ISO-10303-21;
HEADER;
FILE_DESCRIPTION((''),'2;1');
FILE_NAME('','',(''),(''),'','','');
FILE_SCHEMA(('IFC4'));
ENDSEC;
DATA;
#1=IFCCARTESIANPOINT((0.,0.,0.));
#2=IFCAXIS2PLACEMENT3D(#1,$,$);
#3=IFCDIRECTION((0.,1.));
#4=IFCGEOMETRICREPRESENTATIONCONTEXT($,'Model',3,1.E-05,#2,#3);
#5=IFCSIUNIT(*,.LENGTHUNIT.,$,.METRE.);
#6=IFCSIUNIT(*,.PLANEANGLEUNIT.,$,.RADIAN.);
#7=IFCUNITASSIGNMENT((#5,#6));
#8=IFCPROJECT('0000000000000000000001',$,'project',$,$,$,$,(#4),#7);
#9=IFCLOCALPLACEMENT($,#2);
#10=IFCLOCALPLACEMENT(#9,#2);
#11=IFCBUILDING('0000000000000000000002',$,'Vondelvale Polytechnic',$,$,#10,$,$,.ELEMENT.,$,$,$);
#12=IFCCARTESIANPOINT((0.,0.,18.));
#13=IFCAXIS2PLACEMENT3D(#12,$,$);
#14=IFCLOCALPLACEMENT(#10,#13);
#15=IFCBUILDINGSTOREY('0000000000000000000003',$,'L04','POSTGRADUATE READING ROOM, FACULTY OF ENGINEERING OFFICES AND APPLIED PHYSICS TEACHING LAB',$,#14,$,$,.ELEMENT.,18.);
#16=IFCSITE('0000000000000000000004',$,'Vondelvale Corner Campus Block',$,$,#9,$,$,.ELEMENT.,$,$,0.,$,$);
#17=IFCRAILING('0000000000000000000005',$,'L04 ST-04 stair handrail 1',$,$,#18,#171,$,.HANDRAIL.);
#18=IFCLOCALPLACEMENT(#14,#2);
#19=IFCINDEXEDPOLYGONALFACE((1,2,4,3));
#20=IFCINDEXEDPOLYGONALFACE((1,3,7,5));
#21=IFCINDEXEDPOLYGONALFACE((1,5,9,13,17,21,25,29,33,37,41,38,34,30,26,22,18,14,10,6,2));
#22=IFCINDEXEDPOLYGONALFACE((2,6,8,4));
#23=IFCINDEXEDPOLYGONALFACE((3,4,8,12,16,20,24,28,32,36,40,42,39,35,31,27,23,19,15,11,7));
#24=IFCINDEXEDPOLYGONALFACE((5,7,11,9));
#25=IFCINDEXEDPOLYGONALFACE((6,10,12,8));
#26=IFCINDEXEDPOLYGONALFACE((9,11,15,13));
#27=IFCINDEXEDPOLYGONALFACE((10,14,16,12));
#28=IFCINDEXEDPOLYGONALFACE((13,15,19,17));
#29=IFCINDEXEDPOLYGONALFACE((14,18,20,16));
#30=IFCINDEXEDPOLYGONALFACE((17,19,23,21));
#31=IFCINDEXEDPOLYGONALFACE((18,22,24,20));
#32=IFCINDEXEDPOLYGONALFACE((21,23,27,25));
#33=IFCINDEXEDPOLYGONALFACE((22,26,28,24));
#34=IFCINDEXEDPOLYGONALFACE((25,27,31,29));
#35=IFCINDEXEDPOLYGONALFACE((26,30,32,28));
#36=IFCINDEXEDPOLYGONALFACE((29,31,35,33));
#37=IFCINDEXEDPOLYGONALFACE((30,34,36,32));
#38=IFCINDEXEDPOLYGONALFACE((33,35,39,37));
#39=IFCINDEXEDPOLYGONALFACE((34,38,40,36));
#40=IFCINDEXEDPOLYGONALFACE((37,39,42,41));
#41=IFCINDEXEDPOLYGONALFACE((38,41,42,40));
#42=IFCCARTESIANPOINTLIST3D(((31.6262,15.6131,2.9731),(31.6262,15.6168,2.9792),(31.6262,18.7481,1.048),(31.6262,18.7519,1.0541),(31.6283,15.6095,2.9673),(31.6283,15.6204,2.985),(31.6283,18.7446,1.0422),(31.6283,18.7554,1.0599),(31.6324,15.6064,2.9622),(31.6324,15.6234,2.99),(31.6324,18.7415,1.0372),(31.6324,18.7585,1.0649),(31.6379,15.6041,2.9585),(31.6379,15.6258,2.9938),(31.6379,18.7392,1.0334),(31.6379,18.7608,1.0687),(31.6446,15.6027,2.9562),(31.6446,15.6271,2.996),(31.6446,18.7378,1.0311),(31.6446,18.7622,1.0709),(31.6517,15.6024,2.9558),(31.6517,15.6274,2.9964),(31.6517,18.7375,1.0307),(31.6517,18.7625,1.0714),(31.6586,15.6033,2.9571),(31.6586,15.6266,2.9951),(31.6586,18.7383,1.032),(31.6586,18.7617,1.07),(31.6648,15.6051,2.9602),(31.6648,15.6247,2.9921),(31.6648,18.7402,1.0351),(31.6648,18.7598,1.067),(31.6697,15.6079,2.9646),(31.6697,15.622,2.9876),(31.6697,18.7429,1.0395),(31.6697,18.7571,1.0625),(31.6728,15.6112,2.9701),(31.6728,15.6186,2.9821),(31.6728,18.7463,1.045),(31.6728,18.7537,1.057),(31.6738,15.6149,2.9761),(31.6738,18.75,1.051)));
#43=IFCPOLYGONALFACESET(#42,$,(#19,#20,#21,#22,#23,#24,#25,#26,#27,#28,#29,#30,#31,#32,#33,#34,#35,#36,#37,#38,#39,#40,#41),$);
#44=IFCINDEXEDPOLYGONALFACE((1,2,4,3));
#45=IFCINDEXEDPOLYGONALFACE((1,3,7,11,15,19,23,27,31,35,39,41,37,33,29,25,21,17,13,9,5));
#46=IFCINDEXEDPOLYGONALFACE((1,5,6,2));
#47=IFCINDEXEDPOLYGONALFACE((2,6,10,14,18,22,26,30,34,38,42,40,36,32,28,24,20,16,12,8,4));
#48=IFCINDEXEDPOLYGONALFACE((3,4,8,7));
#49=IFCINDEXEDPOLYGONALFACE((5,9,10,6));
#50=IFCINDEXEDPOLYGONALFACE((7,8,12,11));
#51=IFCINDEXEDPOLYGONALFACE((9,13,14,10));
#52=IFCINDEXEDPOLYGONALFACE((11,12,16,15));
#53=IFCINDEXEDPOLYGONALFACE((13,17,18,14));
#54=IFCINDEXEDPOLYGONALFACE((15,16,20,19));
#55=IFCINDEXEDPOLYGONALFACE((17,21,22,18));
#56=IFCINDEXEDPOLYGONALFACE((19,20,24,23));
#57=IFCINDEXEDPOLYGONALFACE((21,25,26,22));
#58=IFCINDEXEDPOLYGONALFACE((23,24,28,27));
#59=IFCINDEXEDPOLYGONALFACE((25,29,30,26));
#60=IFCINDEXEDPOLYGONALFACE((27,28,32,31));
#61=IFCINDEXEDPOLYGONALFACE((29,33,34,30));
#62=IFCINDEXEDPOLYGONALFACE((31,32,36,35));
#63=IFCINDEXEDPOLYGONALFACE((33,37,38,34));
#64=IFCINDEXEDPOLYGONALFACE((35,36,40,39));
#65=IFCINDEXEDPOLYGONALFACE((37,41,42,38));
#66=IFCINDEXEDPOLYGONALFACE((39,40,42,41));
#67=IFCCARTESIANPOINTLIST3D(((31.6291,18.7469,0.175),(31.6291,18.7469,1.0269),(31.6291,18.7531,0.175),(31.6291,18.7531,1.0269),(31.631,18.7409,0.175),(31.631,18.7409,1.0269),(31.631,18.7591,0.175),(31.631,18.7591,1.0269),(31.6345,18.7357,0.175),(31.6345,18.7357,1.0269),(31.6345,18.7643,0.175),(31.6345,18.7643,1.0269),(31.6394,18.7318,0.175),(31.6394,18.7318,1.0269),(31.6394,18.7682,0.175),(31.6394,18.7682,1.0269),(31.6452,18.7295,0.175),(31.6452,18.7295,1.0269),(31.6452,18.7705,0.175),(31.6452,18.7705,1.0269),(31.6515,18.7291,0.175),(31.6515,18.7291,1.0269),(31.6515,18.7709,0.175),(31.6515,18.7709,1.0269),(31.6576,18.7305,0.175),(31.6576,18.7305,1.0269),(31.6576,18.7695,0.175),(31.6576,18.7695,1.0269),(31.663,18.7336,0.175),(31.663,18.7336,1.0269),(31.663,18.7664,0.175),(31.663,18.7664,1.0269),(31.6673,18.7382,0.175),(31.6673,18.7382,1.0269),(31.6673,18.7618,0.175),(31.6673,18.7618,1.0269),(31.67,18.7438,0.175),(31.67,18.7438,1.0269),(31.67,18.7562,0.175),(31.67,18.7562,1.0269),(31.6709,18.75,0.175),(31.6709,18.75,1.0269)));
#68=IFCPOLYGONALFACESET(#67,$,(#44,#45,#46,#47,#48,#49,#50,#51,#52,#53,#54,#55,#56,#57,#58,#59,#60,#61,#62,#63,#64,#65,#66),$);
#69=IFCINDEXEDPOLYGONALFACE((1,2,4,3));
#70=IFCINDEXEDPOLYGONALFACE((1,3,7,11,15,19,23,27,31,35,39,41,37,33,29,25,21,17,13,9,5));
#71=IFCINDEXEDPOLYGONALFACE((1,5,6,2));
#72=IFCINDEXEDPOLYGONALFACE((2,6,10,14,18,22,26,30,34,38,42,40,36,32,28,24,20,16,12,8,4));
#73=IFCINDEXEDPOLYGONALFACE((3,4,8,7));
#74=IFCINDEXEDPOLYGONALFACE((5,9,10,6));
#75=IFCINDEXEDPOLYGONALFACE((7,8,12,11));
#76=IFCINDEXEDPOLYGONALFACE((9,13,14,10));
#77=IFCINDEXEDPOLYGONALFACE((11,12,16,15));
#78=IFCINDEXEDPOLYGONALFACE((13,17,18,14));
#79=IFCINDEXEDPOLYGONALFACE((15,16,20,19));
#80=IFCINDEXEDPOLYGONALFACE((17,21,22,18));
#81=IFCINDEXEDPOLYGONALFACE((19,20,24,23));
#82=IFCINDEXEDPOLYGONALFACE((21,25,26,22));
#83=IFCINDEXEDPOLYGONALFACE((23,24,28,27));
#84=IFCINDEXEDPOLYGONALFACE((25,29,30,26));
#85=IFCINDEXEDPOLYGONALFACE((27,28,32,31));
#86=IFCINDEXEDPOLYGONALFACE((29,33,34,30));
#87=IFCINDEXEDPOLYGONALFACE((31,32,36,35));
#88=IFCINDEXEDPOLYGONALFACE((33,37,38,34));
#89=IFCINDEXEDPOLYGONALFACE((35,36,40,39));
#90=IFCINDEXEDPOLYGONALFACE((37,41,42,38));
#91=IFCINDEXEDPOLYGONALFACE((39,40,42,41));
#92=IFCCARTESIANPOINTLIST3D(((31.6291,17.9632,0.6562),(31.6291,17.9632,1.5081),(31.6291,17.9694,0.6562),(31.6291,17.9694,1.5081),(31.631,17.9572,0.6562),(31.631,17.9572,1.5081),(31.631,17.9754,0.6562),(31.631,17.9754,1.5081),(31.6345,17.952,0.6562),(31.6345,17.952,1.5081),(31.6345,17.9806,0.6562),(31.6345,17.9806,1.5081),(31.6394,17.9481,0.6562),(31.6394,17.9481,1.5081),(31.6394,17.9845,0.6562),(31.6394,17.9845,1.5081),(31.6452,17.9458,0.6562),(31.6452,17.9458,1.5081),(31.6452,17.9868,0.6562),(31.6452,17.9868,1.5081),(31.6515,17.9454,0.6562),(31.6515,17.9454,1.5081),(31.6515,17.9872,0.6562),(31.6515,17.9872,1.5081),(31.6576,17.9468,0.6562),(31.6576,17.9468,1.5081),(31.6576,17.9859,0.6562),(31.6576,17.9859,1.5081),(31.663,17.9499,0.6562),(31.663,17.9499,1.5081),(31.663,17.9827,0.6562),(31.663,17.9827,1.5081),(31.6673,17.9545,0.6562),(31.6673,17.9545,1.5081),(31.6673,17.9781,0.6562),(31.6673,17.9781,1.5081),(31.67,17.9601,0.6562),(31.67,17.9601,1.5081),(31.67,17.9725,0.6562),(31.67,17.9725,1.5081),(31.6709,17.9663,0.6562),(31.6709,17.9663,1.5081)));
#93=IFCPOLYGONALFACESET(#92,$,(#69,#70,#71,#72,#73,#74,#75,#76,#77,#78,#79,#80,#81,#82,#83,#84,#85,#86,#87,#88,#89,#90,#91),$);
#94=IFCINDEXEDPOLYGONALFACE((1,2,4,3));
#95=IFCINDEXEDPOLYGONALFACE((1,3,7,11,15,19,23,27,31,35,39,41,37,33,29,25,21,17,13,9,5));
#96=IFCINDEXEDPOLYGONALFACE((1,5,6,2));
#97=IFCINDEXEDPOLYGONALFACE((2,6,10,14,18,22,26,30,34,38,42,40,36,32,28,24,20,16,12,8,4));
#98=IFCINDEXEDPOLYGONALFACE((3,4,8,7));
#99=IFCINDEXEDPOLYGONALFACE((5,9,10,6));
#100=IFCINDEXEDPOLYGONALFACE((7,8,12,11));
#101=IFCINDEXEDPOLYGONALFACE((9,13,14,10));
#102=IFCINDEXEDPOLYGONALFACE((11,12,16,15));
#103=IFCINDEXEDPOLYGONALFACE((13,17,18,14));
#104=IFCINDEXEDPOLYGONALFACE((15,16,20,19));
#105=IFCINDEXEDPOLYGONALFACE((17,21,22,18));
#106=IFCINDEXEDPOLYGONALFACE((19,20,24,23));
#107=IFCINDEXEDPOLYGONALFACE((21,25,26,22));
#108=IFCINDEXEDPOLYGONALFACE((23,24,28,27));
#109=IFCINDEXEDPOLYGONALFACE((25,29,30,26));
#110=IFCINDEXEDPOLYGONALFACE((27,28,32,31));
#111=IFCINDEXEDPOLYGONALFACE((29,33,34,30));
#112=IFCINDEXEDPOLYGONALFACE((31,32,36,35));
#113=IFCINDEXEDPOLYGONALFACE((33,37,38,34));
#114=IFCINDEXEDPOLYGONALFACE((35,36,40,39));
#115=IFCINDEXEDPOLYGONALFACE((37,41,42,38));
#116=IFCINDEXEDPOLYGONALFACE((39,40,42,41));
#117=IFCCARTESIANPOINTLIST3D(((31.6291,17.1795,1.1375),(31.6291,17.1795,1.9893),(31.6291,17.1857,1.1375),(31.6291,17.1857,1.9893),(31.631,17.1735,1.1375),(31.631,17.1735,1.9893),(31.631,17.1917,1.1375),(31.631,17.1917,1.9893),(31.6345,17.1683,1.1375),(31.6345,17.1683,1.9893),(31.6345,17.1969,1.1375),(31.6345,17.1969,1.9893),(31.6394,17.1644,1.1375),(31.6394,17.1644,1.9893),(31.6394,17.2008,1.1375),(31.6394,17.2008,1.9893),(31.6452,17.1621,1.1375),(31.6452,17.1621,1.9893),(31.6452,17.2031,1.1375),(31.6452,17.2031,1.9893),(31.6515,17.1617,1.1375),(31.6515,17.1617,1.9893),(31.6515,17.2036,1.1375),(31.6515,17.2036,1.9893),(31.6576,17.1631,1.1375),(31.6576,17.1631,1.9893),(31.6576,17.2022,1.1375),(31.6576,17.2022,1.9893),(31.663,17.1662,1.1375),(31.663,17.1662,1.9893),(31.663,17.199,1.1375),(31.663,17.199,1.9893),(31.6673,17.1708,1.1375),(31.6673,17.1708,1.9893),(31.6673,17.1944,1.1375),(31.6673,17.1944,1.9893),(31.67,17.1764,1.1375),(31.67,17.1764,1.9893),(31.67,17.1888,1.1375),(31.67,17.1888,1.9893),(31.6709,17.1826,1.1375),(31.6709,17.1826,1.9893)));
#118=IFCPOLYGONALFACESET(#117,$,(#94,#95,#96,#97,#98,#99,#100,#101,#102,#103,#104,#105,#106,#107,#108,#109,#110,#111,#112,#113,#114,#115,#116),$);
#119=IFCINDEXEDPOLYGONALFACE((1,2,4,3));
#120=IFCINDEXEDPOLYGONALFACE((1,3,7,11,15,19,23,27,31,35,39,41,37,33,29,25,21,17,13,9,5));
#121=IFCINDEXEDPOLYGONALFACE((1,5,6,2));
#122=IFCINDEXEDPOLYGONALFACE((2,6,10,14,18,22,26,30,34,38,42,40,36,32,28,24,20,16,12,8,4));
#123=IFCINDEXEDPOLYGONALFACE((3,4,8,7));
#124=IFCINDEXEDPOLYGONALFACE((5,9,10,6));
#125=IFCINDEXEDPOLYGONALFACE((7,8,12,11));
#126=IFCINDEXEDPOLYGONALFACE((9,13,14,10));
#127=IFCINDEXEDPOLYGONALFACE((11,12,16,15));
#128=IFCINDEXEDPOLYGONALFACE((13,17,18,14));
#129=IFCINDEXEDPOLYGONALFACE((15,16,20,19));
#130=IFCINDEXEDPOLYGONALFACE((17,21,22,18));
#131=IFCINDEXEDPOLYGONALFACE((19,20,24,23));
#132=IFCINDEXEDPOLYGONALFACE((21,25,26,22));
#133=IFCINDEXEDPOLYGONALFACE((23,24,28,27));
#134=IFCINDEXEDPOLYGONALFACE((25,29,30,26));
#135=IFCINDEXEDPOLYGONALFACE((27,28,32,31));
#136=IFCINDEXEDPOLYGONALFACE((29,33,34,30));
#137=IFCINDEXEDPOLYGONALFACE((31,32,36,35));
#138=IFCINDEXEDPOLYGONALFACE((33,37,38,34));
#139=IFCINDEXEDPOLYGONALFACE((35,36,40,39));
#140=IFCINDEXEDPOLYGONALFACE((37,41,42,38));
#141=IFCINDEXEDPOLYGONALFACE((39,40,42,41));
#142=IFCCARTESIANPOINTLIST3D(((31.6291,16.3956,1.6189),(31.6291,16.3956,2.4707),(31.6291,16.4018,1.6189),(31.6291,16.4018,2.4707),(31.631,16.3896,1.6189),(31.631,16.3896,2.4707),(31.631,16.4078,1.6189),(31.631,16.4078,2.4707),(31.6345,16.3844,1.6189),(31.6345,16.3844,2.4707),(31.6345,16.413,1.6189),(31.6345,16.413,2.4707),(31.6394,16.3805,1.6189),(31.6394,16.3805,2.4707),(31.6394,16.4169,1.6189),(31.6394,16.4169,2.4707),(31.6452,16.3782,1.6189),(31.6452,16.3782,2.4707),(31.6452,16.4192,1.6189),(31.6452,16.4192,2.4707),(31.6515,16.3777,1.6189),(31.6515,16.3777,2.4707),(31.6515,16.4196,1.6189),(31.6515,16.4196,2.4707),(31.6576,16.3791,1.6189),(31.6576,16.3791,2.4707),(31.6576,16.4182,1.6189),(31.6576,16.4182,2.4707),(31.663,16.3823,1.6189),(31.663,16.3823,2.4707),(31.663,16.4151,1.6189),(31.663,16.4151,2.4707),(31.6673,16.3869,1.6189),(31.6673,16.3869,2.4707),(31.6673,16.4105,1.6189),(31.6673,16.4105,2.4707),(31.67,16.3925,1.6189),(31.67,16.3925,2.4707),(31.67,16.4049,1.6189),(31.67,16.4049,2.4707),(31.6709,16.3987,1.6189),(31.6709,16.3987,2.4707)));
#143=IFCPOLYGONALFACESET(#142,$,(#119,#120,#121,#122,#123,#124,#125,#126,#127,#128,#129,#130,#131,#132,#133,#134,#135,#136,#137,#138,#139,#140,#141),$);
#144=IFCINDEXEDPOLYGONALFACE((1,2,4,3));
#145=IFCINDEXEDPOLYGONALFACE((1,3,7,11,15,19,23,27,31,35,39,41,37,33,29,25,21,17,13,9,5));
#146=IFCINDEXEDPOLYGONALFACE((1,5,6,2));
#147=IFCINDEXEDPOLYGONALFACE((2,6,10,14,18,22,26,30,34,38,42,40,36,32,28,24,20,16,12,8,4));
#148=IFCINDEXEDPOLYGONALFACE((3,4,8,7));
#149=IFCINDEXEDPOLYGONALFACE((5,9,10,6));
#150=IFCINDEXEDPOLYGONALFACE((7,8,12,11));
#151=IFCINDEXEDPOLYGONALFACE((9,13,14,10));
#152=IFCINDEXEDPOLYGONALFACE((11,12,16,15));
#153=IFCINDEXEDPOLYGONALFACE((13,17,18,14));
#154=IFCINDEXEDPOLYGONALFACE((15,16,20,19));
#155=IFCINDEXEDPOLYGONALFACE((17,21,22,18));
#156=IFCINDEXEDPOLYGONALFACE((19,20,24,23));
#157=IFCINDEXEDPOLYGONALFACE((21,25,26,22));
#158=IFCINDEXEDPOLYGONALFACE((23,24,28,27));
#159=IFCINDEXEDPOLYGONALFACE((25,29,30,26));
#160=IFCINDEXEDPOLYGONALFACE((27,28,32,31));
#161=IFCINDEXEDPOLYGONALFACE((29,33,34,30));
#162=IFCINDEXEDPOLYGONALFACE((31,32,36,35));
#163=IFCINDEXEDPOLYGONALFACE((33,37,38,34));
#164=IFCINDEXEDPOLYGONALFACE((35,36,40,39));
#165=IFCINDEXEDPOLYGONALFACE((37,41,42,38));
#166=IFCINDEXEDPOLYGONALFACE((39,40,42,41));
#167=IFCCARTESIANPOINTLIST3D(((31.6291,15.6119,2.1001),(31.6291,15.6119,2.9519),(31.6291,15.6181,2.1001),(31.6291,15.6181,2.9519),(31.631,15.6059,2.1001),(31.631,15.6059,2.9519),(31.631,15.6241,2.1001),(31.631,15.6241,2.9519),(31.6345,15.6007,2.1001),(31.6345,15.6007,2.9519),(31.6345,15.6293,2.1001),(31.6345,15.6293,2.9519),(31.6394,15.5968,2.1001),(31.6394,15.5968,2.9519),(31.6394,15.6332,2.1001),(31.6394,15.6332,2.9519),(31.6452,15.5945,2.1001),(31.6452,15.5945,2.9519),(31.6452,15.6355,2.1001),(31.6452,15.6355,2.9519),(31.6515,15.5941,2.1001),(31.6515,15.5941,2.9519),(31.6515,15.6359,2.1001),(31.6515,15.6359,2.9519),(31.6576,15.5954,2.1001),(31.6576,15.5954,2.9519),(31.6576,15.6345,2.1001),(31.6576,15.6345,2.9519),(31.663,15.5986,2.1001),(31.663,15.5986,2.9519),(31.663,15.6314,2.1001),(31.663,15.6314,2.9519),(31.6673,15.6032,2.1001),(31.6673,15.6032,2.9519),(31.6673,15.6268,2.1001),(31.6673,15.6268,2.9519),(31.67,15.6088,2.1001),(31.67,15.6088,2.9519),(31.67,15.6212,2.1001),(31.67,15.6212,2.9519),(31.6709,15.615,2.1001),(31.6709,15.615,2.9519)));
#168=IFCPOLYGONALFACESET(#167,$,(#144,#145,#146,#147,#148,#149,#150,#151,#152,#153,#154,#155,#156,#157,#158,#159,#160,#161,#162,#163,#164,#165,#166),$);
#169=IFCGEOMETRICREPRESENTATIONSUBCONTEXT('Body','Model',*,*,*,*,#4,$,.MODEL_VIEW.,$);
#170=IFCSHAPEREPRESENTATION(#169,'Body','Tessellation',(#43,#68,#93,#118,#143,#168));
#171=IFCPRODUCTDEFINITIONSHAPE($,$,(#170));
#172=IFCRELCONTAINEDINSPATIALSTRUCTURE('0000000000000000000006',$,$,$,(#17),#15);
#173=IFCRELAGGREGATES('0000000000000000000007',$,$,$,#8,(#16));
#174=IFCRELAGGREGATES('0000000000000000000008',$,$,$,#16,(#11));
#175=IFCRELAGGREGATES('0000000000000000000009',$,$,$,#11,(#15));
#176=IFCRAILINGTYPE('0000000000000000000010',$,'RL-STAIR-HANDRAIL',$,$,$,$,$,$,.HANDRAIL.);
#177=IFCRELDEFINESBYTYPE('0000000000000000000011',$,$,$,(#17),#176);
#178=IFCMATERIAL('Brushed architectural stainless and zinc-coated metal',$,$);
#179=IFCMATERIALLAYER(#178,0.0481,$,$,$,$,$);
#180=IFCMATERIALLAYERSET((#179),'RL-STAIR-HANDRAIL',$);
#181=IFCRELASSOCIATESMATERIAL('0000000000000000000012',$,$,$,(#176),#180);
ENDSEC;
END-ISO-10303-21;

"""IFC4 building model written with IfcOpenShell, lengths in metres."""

from ifc_helpers import new_model, si_unit, direction, frame, origin, origin_2d, place, context, subcontext, project, spatial, circle, extrude, material, layer, layer_set, type_object, element, save


model = new_model("IFC4")

# Units and contexts
model_context = context("Model", 3, precision=1e-05, world=origin(), true_north=direction((0.0, 1.0)))
body_context = subcontext(model_context, "Body", "Model", "MODEL_VIEW")
ifc_project = project(units=[si_unit("LENGTHUNIT", "METRE"), si_unit("PLANEANGLEUNIT", "RADIAN")], contexts=[model_context])

# Site, building, storey
site_placement = place(None, origin())
site = spatial("IfcSite", under=ifc_project, at=site_placement, Name="Vondelvale Corner Campus Block", CompositionType="ELEMENT", RefElevation=0.0)
building_placement = place(site_placement, origin())
building = spatial("IfcBuilding", under=site, at=building_placement, Name="Vondelvale Polytechnic", CompositionType="ELEMENT")
storey_placement = place(building_placement, frame((0.0, 0.0, 18.0)))
storey = spatial("IfcBuildingStorey", under=building, at=storey_placement, Name="L04", Description="POSTGRADUATE READING ROOM, FACULTY OF ENGINEERING OFFICES AND APPLIED PHYSICS TEACHING LAB", CompositionType="ELEMENT", Elevation=18.0)

# Shared definitions
ifc_material_1 = material(Name="Brushed architectural stainless and zinc-coated metal")

# Railing
ifc_layer_1 = layer(ifc_material_1, 0.0481)
ifc_layer_set_1 = layer_set([ifc_layer_1], Name="RL-STAIR-HANDRAIL")
railing_type_1 = type_object("IfcRailingType", Name="RL-STAIR-HANDRAIL", PredefinedType="HANDRAIL", material=ifc_layer_set_1)
railing_1_placement = place(storey_placement, frame((31.6499, 18.75, 0.175)))
element("IfcRailing", 1, at=railing_1_placement, inside=storey, type_object=railing_type_1, Name="L04 ST-04 stair handrail 1", PredefinedType="HANDRAIL", context=body_context, shape_type="SweptSolid", body=[
    extrude(circle(Radius=0.0239, at=origin_2d()), frame((0.0, 0.0, 0.876), z_axis=(0.0, -0.852166, 0.523271), x_axis=(1.0, 0.0, 0.0)), (0.0, 0.0, 1.0), 3.679),
    extrude(circle(Radius=0.021, at=origin_2d()), origin(), (0.0, 0.0, 1.0), 0.8518),
    extrude(circle(Radius=0.021, at=origin_2d()), frame((0.0, -0.7837, 0.4812)), (0.0, 0.0, 1.0), 0.8518),
    extrude(circle(Radius=0.021, at=origin_2d()), frame((0.0, -1.5674, 0.9624)), (0.0, 0.0, 1.0), 0.8518),
    extrude(circle(Radius=0.021, at=origin_2d()), frame((0.0, -2.3513, 1.4438)), (0.0, 0.0, 1.0), 0.8518),
    extrude(circle(Radius=0.021, at=origin_2d()), frame((0.0, -3.135, 1.925)), (0.0, 0.0, 1.0), 0.8518),
])

save(model, "model.ifc")
